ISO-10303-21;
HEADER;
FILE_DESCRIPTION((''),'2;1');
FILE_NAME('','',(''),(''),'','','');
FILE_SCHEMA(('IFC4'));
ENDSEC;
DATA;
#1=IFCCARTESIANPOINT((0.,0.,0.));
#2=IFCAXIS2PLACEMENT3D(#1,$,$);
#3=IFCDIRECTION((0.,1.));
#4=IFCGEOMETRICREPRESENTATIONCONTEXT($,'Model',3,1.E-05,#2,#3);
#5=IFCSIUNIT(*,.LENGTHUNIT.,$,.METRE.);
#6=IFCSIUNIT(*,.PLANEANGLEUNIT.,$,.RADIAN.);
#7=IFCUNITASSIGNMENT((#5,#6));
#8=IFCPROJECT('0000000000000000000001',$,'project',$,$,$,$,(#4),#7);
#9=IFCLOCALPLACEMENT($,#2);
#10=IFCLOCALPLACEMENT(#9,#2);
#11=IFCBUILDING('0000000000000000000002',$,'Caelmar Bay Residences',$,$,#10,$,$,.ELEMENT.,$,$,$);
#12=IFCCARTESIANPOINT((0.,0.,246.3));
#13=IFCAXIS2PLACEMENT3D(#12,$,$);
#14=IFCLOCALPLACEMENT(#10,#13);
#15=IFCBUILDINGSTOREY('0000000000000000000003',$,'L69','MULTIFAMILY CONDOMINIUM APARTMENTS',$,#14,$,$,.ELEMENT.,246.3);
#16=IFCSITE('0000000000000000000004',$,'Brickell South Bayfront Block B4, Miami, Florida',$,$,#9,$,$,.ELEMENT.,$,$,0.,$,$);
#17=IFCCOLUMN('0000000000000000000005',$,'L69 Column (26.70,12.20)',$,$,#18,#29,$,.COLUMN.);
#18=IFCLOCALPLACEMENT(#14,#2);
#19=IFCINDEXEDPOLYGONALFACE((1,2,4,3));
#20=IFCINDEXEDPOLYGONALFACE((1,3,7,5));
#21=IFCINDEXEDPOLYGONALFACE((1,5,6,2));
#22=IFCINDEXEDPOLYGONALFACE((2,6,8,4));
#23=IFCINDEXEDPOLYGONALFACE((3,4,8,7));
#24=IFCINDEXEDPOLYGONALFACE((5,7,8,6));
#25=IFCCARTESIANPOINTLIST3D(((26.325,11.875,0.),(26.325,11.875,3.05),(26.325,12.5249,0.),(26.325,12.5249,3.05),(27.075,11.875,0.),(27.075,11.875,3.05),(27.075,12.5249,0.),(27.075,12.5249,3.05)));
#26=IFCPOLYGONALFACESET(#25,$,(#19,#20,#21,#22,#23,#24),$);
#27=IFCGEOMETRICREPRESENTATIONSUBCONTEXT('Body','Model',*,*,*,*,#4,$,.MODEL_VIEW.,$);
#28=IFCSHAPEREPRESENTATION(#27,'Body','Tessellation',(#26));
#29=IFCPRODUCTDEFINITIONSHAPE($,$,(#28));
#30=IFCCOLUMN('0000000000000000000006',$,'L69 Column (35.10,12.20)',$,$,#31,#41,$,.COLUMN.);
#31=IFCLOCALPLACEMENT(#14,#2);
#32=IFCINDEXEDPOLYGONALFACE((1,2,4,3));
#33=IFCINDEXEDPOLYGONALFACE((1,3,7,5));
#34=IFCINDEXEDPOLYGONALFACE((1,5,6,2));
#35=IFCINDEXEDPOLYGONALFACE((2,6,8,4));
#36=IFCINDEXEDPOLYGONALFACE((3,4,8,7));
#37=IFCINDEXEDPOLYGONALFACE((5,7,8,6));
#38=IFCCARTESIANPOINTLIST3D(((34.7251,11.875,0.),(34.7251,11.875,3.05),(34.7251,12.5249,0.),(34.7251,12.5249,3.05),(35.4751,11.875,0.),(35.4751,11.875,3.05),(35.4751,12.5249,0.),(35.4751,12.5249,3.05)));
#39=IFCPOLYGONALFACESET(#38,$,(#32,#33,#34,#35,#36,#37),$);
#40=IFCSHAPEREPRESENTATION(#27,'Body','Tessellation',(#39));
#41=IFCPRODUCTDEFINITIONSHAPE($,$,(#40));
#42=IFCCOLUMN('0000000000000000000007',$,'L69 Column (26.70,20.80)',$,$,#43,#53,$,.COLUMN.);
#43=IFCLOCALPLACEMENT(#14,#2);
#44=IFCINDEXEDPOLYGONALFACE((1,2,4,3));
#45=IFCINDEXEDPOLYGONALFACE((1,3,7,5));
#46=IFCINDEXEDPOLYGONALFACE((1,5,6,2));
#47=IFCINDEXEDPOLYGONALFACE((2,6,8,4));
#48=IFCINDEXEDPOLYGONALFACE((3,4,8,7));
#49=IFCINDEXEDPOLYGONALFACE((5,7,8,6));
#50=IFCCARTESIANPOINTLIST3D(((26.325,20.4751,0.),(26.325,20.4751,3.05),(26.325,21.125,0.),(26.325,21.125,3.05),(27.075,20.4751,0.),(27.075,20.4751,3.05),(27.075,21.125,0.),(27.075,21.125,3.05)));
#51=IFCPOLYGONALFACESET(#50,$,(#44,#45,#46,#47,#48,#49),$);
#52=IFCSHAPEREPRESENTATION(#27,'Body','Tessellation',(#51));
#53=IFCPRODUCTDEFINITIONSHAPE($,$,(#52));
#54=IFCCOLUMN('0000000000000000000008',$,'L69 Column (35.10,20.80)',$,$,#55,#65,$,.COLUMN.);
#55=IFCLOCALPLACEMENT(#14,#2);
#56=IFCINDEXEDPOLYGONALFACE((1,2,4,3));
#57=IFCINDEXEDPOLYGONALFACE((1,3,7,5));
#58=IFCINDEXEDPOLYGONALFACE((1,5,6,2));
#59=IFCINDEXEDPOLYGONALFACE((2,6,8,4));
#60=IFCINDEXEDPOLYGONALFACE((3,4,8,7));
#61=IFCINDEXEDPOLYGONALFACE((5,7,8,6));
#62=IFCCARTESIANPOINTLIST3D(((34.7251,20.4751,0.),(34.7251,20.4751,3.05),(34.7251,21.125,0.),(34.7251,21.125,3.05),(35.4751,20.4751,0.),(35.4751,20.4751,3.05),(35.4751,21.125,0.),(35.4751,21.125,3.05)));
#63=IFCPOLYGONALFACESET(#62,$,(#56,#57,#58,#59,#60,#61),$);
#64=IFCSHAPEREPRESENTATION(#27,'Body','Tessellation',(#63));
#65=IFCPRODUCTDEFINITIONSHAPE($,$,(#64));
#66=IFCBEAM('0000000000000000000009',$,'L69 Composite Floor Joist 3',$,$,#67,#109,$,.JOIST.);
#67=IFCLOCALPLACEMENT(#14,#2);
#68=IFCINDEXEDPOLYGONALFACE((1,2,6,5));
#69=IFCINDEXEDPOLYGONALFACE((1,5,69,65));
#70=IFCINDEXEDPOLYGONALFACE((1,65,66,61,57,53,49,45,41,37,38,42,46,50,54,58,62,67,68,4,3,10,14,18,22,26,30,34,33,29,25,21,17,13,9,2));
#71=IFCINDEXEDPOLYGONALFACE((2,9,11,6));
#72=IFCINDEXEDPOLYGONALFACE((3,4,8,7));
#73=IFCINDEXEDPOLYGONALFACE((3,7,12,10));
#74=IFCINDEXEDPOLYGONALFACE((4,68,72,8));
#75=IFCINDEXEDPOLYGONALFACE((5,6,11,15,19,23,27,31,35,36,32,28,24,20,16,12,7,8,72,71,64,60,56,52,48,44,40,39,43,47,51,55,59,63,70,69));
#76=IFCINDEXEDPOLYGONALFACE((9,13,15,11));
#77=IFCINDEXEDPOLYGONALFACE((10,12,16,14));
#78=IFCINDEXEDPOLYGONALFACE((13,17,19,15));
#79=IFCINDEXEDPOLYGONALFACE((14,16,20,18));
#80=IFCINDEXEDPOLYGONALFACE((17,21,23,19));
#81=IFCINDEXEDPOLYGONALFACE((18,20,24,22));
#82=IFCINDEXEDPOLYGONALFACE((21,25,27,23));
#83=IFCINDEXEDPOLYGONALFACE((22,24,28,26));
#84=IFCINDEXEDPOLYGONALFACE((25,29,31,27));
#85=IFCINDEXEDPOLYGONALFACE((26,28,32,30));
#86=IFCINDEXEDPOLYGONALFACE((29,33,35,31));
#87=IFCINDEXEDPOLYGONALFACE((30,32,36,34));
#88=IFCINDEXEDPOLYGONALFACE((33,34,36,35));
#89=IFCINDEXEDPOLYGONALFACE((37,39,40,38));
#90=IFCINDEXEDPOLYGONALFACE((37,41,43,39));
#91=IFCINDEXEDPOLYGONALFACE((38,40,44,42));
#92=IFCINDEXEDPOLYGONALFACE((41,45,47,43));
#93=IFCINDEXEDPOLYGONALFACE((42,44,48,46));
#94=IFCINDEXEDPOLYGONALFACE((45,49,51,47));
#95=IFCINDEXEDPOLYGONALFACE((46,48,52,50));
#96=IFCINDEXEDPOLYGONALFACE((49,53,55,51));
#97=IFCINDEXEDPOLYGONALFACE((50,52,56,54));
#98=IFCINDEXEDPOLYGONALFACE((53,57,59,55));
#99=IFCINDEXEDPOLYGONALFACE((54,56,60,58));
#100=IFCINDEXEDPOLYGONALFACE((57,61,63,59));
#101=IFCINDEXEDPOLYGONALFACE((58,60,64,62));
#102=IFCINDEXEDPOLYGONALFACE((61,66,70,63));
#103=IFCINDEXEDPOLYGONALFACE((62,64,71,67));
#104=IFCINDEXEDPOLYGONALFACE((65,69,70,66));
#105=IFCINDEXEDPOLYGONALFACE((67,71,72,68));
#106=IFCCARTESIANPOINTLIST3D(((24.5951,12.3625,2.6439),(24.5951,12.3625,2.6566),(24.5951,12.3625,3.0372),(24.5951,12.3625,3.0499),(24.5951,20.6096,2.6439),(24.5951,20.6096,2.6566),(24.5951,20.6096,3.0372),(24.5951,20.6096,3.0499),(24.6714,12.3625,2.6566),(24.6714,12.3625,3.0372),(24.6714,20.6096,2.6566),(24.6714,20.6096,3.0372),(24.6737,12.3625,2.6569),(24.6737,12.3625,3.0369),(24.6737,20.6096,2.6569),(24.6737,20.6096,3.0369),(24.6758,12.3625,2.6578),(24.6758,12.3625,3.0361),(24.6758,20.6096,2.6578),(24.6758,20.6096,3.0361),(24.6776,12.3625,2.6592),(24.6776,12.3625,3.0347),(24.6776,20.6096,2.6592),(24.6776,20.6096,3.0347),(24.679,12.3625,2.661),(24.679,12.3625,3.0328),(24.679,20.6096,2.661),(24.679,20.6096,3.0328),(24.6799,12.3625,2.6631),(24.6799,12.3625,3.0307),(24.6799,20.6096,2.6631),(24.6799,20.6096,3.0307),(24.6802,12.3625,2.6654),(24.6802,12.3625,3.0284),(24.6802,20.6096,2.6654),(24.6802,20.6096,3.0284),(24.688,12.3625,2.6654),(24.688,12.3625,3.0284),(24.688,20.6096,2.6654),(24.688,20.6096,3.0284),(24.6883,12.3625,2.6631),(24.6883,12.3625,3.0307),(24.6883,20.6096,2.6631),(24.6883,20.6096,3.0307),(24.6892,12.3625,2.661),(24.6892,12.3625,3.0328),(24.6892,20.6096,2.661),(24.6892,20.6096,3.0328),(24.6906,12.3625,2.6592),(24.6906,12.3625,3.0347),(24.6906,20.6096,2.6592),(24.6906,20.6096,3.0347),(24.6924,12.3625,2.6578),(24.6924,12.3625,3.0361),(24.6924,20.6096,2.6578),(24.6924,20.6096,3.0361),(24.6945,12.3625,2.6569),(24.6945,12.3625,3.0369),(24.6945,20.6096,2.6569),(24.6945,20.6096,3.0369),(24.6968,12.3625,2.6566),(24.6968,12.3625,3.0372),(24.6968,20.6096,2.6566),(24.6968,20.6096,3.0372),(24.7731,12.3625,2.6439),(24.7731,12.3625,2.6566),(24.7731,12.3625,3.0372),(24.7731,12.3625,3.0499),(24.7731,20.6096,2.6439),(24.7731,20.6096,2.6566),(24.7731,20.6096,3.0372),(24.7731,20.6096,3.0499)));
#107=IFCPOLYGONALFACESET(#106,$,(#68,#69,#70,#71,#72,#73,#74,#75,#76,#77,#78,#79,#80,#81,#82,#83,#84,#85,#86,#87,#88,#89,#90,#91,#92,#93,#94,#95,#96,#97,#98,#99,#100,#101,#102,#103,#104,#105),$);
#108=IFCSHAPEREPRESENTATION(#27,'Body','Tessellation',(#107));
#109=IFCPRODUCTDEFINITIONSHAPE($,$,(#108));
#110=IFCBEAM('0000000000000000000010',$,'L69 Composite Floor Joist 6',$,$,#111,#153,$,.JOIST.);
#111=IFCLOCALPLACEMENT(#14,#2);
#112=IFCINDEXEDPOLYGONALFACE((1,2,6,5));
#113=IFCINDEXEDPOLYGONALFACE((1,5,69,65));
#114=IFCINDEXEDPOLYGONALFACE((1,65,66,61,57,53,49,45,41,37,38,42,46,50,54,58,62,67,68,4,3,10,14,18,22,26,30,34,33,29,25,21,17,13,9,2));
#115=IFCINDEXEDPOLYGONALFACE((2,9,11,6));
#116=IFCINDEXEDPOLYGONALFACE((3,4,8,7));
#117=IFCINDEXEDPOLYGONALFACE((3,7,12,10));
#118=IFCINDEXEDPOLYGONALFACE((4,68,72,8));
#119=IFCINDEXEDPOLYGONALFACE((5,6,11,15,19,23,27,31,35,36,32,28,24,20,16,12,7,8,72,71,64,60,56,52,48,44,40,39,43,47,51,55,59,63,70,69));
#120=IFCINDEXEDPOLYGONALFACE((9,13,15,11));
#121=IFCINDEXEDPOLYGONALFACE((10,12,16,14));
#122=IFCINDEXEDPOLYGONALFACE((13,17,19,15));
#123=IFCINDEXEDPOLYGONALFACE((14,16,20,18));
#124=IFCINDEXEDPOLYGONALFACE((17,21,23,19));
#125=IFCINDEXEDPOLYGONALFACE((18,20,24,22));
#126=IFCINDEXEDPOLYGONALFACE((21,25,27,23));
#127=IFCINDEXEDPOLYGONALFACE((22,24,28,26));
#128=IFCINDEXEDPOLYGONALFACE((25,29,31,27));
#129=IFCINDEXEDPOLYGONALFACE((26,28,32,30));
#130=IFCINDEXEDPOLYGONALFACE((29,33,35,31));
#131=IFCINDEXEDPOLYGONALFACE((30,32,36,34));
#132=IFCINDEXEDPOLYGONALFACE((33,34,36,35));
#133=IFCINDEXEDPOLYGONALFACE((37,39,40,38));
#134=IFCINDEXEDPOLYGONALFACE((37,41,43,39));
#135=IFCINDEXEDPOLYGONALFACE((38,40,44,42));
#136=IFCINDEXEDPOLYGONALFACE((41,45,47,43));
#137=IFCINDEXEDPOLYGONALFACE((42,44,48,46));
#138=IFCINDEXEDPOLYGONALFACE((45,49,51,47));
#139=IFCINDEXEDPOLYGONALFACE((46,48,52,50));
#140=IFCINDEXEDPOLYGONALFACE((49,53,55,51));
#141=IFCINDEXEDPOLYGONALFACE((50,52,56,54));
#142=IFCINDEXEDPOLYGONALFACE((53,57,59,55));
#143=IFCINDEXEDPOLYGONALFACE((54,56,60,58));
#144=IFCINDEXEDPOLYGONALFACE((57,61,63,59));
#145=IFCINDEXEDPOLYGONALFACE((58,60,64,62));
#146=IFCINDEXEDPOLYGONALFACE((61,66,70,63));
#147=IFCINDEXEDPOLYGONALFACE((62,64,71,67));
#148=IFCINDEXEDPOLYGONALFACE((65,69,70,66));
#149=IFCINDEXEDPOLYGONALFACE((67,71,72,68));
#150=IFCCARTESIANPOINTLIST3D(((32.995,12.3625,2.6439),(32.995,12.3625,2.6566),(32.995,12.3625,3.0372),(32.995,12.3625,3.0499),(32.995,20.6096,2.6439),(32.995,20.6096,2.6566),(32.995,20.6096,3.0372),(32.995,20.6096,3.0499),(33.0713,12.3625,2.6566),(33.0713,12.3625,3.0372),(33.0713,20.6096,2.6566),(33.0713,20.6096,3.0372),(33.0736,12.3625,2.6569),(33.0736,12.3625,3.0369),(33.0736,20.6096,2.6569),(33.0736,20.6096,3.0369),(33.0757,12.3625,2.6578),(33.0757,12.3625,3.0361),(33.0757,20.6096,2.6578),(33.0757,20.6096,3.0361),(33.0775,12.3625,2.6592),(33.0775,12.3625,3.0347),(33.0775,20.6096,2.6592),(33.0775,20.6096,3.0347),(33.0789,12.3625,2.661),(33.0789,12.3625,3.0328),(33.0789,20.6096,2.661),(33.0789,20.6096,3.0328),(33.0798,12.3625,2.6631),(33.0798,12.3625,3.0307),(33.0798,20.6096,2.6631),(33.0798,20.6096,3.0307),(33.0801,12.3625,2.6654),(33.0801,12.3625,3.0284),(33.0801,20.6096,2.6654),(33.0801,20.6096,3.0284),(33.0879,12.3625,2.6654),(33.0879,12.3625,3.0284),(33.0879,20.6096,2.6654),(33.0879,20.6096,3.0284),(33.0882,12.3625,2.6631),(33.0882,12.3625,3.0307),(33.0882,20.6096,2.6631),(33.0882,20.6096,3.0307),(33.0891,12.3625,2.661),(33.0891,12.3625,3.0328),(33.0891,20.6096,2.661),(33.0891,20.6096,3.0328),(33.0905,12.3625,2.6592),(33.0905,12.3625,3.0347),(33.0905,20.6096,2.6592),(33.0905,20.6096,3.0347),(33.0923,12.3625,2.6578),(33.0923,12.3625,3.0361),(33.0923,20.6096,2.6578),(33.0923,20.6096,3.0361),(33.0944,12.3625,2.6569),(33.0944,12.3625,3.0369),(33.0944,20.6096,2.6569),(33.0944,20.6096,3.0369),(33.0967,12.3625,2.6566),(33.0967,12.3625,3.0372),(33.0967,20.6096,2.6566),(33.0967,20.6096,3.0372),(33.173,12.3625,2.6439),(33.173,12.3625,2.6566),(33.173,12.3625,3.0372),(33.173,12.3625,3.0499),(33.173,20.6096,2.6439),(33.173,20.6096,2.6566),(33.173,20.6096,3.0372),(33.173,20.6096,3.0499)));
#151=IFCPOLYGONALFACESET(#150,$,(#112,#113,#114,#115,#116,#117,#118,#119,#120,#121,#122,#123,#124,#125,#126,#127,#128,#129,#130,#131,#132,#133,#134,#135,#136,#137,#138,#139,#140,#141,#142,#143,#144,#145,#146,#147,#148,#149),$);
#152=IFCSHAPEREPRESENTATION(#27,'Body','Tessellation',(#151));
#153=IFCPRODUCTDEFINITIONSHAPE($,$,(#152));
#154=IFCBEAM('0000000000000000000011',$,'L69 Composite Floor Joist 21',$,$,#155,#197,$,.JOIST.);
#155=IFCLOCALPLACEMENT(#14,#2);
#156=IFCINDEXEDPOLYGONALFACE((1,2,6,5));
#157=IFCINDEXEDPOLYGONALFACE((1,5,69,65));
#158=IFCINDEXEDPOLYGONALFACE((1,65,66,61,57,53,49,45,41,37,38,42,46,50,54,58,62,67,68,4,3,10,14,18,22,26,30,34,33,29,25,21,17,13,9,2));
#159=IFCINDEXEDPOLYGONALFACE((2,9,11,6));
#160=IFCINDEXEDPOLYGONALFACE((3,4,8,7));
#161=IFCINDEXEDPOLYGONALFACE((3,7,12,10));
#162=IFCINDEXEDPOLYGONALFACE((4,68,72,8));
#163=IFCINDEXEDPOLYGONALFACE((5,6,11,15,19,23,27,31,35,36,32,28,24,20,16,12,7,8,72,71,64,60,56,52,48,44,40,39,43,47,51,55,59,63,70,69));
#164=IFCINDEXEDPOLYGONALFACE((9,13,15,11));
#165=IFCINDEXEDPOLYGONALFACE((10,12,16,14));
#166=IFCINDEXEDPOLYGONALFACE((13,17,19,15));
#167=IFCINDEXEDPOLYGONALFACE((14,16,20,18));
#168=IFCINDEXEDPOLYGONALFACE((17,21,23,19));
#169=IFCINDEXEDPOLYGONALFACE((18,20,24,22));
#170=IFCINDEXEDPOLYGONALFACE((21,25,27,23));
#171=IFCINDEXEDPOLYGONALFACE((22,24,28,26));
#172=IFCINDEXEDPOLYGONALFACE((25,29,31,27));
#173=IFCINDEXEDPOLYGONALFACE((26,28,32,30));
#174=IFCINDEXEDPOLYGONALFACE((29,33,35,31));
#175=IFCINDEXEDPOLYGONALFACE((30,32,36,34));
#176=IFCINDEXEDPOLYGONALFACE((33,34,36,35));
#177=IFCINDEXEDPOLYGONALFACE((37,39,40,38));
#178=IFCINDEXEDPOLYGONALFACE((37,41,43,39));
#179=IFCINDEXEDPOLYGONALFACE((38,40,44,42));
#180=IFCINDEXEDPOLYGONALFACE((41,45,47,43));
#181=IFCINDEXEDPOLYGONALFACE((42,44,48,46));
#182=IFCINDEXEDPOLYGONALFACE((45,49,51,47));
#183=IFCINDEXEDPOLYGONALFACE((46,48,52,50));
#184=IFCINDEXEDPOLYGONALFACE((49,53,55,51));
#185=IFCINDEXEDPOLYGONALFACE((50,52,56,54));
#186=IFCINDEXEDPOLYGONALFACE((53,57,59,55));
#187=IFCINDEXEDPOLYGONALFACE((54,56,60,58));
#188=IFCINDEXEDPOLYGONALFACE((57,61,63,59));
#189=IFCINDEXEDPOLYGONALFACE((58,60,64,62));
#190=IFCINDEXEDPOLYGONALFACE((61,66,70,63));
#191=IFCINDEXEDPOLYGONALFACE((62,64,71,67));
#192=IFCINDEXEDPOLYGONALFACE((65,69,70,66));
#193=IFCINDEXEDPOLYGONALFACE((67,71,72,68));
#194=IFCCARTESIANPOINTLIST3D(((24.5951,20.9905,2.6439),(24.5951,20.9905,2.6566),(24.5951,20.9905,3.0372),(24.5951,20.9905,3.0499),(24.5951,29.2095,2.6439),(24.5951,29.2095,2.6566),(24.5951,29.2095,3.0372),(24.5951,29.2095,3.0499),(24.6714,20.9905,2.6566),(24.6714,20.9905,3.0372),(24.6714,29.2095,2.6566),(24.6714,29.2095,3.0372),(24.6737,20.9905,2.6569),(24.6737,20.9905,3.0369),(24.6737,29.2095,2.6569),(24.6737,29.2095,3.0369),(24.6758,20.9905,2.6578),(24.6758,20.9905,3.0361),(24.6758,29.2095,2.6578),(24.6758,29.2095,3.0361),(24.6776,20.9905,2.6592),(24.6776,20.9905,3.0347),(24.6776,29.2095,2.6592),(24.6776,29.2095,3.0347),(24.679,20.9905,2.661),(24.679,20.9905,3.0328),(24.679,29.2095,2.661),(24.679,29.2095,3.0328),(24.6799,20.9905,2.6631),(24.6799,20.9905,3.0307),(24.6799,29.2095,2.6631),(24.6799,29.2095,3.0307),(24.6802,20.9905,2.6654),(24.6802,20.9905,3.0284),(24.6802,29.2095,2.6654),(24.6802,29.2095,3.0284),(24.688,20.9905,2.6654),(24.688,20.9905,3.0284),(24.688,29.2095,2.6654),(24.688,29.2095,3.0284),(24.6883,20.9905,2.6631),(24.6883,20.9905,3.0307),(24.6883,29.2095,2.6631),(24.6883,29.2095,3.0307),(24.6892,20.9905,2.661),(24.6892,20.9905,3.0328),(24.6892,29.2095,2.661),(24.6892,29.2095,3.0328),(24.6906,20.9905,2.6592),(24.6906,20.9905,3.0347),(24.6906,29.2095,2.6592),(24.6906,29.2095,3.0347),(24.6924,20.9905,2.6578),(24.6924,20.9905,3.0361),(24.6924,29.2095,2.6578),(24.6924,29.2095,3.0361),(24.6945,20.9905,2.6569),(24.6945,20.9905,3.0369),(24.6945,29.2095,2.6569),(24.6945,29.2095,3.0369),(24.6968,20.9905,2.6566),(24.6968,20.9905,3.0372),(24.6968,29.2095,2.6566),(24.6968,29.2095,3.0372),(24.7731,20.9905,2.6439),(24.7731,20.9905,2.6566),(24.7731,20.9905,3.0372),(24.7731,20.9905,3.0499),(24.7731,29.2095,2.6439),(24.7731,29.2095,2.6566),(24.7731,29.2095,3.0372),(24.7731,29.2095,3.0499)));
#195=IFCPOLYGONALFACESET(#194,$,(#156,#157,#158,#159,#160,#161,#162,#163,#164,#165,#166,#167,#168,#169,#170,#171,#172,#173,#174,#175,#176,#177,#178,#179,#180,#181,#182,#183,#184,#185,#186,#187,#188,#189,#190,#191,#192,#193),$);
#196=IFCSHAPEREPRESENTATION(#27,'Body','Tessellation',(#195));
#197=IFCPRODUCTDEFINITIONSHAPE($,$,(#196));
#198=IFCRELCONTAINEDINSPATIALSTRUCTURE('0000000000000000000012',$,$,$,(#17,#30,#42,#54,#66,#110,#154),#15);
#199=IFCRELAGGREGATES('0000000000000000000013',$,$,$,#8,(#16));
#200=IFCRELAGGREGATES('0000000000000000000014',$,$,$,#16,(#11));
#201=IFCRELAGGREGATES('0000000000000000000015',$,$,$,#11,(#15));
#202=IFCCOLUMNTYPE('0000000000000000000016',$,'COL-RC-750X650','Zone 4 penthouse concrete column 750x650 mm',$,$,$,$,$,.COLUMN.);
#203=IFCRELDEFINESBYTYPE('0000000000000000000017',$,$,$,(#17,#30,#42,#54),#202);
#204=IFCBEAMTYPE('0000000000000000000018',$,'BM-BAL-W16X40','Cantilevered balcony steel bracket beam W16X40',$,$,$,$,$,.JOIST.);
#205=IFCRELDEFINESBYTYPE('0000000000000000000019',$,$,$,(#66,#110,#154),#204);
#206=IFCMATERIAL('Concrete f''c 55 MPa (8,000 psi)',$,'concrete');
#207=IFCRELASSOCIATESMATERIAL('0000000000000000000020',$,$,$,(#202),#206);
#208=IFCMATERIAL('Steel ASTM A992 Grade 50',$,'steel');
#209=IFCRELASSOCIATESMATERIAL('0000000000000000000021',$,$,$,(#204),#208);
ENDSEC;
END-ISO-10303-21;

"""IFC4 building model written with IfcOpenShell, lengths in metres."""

from ifc_helpers import new_model, si_unit, direction, frame, origin, origin_2d, place, context, subcontext, project, spatial, rectangle, i_section, extrude, material, material_profile, profile_set, type_object, element, save


model = new_model("IFC4")

# Units and contexts
model_context = context("Model", 3, precision=1e-05, world=origin(), true_north=direction((0.0, 1.0)))
body_context = subcontext(model_context, "Body", "Model", "MODEL_VIEW")
ifc_project = project(units=[si_unit("LENGTHUNIT", "METRE"), si_unit("PLANEANGLEUNIT", "RADIAN")], contexts=[model_context])

# Site, building, storey
site_placement = place(None, origin())
site = spatial("IfcSite", under=ifc_project, at=site_placement, Name="Brickell South Bayfront Block B4, Miami, Florida", CompositionType="ELEMENT", RefElevation=0.0)
building_placement = place(site_placement, origin())
building = spatial("IfcBuilding", under=site, at=building_placement, Name="Caelmar Bay Residences", CompositionType="ELEMENT")
storey_placement = place(building_placement, frame((0.0, 0.0, 246.3)))
storey = spatial("IfcBuildingStorey", under=building, at=storey_placement, Name="L69", Description="MULTIFAMILY CONDOMINIUM APARTMENTS", CompositionType="ELEMENT", Elevation=246.3)

# Columns
ifc_material_1 = material(Name="Concrete f'c 55 MPa (8,000 psi)", Category="concrete")
ifc_material_profile_1 = material_profile(ifc_material_1, rectangle(XDim=0.75, YDim=0.6499, at=origin_2d()), Name="RC-COL-750X650")
ifc_profile_set_1 = profile_set([ifc_material_profile_1], Name="Concrete f'c 55 MPa (8,000 psi)")
column_type = type_object("IfcColumnType", Name="COL-RC-750X650", Description="Zone 4 penthouse concrete column 750x650 mm", PredefinedType="COLUMN", material=ifc_profile_set_1)
for number, where, z_axis, x_axis, name in (
    (1, (26.7, 12.2, 0.0), (0.0, 0.0, 1.0), (1.0, 0.0, 0.0), "L69 Column (26.70,12.20)"),
    (2, (35.1001, 12.2, 0.0), (0.0, 0.0, 1.0), (1.0, 0.0, 0.0), "L69 Column (35.10,12.20)"),
    (3, (26.7, 20.8, 0.0), (0.0, 0.0, 1.0), (1.0, 0.0, 0.0), "L69 Column (26.70,20.80)"),
    (4, (35.1001, 20.8, 0.0), (0.0, 0.0, 1.0), (1.0, 0.0, 0.0), "L69 Column (35.10,20.80)"),
):
    element("IfcColumn", number, at=place(storey_placement, frame(where, z_axis=z_axis, x_axis=x_axis)), inside=storey, type_object=column_type, Name=name, PredefinedType="COLUMN", context=body_context, shape_type="SweptSolid", body=[
        extrude(rectangle(XDim=0.75, YDim=0.6499, at=origin_2d()), origin(), (0.0, 0.0, 1.0), 3.05),
    ])

# Beams
ifc_material_2 = material(Name="Steel ASTM A992 Grade 50", Category="steel")
ifc_material_profile_2 = material_profile(ifc_material_2, i_section(OverallWidth=0.178, OverallDepth=0.406, WebThickness=0.0078, FlangeThickness=0.0127, FilletRadius=0.0088, at=origin_2d()), Name="W16X40")
ifc_profile_set_2 = profile_set([ifc_material_profile_2], Name="Steel ASTM A992 Grade 50")
beam_type_1 = type_object("IfcBeamType", Name="BM-BAL-W16X40", Description="Cantilevered balcony steel bracket beam W16X40", PredefinedType="JOIST", material=ifc_profile_set_2)
for number, where, z_axis, x_axis, name in (
    (5, (24.6841, 12.3625, 2.8469), (0.0, 1.0, 0.0), (-1.0, 0.0, 0.0), "L69 Composite Floor Joist 3"),
    (6, (33.084, 12.3625, 2.8469), (0.0, 1.0, 0.0), (-1.0, 0.0, 0.0), "L69 Composite Floor Joist 6"),
):
    element("IfcBeam", number, at=place(storey_placement, frame(where, z_axis=z_axis, x_axis=x_axis)), inside=storey, type_object=beam_type_1, Name=name, PredefinedType="JOIST", context=body_context, shape_type="SweptSolid", body=[
        extrude(i_section(OverallWidth=0.178, OverallDepth=0.406, WebThickness=0.0078, FlangeThickness=0.0127, FilletRadius=0.0088, at=origin_2d()), origin(), (0.0, 0.0, 1.0), 8.2471),
    ])
for number, where, z_axis, x_axis, name in (
    (7, (24.6841, 20.9905, 2.8469), (0.0, 1.0, 0.0), (-1.0, 0.0, 0.0), "L69 Composite Floor Joist 21"),
):
    element("IfcBeam", number, at=place(storey_placement, frame(where, z_axis=z_axis, x_axis=x_axis)), inside=storey, type_object=beam_type_1, Name=name, PredefinedType="JOIST", context=body_context, shape_type="SweptSolid", body=[
        extrude(i_section(OverallWidth=0.178, OverallDepth=0.406, WebThickness=0.0078, FlangeThickness=0.0127, FilletRadius=0.0088, at=origin_2d()), origin(), (0.0, 0.0, 1.0), 8.219),
    ])

save(model, "model.ifc")
